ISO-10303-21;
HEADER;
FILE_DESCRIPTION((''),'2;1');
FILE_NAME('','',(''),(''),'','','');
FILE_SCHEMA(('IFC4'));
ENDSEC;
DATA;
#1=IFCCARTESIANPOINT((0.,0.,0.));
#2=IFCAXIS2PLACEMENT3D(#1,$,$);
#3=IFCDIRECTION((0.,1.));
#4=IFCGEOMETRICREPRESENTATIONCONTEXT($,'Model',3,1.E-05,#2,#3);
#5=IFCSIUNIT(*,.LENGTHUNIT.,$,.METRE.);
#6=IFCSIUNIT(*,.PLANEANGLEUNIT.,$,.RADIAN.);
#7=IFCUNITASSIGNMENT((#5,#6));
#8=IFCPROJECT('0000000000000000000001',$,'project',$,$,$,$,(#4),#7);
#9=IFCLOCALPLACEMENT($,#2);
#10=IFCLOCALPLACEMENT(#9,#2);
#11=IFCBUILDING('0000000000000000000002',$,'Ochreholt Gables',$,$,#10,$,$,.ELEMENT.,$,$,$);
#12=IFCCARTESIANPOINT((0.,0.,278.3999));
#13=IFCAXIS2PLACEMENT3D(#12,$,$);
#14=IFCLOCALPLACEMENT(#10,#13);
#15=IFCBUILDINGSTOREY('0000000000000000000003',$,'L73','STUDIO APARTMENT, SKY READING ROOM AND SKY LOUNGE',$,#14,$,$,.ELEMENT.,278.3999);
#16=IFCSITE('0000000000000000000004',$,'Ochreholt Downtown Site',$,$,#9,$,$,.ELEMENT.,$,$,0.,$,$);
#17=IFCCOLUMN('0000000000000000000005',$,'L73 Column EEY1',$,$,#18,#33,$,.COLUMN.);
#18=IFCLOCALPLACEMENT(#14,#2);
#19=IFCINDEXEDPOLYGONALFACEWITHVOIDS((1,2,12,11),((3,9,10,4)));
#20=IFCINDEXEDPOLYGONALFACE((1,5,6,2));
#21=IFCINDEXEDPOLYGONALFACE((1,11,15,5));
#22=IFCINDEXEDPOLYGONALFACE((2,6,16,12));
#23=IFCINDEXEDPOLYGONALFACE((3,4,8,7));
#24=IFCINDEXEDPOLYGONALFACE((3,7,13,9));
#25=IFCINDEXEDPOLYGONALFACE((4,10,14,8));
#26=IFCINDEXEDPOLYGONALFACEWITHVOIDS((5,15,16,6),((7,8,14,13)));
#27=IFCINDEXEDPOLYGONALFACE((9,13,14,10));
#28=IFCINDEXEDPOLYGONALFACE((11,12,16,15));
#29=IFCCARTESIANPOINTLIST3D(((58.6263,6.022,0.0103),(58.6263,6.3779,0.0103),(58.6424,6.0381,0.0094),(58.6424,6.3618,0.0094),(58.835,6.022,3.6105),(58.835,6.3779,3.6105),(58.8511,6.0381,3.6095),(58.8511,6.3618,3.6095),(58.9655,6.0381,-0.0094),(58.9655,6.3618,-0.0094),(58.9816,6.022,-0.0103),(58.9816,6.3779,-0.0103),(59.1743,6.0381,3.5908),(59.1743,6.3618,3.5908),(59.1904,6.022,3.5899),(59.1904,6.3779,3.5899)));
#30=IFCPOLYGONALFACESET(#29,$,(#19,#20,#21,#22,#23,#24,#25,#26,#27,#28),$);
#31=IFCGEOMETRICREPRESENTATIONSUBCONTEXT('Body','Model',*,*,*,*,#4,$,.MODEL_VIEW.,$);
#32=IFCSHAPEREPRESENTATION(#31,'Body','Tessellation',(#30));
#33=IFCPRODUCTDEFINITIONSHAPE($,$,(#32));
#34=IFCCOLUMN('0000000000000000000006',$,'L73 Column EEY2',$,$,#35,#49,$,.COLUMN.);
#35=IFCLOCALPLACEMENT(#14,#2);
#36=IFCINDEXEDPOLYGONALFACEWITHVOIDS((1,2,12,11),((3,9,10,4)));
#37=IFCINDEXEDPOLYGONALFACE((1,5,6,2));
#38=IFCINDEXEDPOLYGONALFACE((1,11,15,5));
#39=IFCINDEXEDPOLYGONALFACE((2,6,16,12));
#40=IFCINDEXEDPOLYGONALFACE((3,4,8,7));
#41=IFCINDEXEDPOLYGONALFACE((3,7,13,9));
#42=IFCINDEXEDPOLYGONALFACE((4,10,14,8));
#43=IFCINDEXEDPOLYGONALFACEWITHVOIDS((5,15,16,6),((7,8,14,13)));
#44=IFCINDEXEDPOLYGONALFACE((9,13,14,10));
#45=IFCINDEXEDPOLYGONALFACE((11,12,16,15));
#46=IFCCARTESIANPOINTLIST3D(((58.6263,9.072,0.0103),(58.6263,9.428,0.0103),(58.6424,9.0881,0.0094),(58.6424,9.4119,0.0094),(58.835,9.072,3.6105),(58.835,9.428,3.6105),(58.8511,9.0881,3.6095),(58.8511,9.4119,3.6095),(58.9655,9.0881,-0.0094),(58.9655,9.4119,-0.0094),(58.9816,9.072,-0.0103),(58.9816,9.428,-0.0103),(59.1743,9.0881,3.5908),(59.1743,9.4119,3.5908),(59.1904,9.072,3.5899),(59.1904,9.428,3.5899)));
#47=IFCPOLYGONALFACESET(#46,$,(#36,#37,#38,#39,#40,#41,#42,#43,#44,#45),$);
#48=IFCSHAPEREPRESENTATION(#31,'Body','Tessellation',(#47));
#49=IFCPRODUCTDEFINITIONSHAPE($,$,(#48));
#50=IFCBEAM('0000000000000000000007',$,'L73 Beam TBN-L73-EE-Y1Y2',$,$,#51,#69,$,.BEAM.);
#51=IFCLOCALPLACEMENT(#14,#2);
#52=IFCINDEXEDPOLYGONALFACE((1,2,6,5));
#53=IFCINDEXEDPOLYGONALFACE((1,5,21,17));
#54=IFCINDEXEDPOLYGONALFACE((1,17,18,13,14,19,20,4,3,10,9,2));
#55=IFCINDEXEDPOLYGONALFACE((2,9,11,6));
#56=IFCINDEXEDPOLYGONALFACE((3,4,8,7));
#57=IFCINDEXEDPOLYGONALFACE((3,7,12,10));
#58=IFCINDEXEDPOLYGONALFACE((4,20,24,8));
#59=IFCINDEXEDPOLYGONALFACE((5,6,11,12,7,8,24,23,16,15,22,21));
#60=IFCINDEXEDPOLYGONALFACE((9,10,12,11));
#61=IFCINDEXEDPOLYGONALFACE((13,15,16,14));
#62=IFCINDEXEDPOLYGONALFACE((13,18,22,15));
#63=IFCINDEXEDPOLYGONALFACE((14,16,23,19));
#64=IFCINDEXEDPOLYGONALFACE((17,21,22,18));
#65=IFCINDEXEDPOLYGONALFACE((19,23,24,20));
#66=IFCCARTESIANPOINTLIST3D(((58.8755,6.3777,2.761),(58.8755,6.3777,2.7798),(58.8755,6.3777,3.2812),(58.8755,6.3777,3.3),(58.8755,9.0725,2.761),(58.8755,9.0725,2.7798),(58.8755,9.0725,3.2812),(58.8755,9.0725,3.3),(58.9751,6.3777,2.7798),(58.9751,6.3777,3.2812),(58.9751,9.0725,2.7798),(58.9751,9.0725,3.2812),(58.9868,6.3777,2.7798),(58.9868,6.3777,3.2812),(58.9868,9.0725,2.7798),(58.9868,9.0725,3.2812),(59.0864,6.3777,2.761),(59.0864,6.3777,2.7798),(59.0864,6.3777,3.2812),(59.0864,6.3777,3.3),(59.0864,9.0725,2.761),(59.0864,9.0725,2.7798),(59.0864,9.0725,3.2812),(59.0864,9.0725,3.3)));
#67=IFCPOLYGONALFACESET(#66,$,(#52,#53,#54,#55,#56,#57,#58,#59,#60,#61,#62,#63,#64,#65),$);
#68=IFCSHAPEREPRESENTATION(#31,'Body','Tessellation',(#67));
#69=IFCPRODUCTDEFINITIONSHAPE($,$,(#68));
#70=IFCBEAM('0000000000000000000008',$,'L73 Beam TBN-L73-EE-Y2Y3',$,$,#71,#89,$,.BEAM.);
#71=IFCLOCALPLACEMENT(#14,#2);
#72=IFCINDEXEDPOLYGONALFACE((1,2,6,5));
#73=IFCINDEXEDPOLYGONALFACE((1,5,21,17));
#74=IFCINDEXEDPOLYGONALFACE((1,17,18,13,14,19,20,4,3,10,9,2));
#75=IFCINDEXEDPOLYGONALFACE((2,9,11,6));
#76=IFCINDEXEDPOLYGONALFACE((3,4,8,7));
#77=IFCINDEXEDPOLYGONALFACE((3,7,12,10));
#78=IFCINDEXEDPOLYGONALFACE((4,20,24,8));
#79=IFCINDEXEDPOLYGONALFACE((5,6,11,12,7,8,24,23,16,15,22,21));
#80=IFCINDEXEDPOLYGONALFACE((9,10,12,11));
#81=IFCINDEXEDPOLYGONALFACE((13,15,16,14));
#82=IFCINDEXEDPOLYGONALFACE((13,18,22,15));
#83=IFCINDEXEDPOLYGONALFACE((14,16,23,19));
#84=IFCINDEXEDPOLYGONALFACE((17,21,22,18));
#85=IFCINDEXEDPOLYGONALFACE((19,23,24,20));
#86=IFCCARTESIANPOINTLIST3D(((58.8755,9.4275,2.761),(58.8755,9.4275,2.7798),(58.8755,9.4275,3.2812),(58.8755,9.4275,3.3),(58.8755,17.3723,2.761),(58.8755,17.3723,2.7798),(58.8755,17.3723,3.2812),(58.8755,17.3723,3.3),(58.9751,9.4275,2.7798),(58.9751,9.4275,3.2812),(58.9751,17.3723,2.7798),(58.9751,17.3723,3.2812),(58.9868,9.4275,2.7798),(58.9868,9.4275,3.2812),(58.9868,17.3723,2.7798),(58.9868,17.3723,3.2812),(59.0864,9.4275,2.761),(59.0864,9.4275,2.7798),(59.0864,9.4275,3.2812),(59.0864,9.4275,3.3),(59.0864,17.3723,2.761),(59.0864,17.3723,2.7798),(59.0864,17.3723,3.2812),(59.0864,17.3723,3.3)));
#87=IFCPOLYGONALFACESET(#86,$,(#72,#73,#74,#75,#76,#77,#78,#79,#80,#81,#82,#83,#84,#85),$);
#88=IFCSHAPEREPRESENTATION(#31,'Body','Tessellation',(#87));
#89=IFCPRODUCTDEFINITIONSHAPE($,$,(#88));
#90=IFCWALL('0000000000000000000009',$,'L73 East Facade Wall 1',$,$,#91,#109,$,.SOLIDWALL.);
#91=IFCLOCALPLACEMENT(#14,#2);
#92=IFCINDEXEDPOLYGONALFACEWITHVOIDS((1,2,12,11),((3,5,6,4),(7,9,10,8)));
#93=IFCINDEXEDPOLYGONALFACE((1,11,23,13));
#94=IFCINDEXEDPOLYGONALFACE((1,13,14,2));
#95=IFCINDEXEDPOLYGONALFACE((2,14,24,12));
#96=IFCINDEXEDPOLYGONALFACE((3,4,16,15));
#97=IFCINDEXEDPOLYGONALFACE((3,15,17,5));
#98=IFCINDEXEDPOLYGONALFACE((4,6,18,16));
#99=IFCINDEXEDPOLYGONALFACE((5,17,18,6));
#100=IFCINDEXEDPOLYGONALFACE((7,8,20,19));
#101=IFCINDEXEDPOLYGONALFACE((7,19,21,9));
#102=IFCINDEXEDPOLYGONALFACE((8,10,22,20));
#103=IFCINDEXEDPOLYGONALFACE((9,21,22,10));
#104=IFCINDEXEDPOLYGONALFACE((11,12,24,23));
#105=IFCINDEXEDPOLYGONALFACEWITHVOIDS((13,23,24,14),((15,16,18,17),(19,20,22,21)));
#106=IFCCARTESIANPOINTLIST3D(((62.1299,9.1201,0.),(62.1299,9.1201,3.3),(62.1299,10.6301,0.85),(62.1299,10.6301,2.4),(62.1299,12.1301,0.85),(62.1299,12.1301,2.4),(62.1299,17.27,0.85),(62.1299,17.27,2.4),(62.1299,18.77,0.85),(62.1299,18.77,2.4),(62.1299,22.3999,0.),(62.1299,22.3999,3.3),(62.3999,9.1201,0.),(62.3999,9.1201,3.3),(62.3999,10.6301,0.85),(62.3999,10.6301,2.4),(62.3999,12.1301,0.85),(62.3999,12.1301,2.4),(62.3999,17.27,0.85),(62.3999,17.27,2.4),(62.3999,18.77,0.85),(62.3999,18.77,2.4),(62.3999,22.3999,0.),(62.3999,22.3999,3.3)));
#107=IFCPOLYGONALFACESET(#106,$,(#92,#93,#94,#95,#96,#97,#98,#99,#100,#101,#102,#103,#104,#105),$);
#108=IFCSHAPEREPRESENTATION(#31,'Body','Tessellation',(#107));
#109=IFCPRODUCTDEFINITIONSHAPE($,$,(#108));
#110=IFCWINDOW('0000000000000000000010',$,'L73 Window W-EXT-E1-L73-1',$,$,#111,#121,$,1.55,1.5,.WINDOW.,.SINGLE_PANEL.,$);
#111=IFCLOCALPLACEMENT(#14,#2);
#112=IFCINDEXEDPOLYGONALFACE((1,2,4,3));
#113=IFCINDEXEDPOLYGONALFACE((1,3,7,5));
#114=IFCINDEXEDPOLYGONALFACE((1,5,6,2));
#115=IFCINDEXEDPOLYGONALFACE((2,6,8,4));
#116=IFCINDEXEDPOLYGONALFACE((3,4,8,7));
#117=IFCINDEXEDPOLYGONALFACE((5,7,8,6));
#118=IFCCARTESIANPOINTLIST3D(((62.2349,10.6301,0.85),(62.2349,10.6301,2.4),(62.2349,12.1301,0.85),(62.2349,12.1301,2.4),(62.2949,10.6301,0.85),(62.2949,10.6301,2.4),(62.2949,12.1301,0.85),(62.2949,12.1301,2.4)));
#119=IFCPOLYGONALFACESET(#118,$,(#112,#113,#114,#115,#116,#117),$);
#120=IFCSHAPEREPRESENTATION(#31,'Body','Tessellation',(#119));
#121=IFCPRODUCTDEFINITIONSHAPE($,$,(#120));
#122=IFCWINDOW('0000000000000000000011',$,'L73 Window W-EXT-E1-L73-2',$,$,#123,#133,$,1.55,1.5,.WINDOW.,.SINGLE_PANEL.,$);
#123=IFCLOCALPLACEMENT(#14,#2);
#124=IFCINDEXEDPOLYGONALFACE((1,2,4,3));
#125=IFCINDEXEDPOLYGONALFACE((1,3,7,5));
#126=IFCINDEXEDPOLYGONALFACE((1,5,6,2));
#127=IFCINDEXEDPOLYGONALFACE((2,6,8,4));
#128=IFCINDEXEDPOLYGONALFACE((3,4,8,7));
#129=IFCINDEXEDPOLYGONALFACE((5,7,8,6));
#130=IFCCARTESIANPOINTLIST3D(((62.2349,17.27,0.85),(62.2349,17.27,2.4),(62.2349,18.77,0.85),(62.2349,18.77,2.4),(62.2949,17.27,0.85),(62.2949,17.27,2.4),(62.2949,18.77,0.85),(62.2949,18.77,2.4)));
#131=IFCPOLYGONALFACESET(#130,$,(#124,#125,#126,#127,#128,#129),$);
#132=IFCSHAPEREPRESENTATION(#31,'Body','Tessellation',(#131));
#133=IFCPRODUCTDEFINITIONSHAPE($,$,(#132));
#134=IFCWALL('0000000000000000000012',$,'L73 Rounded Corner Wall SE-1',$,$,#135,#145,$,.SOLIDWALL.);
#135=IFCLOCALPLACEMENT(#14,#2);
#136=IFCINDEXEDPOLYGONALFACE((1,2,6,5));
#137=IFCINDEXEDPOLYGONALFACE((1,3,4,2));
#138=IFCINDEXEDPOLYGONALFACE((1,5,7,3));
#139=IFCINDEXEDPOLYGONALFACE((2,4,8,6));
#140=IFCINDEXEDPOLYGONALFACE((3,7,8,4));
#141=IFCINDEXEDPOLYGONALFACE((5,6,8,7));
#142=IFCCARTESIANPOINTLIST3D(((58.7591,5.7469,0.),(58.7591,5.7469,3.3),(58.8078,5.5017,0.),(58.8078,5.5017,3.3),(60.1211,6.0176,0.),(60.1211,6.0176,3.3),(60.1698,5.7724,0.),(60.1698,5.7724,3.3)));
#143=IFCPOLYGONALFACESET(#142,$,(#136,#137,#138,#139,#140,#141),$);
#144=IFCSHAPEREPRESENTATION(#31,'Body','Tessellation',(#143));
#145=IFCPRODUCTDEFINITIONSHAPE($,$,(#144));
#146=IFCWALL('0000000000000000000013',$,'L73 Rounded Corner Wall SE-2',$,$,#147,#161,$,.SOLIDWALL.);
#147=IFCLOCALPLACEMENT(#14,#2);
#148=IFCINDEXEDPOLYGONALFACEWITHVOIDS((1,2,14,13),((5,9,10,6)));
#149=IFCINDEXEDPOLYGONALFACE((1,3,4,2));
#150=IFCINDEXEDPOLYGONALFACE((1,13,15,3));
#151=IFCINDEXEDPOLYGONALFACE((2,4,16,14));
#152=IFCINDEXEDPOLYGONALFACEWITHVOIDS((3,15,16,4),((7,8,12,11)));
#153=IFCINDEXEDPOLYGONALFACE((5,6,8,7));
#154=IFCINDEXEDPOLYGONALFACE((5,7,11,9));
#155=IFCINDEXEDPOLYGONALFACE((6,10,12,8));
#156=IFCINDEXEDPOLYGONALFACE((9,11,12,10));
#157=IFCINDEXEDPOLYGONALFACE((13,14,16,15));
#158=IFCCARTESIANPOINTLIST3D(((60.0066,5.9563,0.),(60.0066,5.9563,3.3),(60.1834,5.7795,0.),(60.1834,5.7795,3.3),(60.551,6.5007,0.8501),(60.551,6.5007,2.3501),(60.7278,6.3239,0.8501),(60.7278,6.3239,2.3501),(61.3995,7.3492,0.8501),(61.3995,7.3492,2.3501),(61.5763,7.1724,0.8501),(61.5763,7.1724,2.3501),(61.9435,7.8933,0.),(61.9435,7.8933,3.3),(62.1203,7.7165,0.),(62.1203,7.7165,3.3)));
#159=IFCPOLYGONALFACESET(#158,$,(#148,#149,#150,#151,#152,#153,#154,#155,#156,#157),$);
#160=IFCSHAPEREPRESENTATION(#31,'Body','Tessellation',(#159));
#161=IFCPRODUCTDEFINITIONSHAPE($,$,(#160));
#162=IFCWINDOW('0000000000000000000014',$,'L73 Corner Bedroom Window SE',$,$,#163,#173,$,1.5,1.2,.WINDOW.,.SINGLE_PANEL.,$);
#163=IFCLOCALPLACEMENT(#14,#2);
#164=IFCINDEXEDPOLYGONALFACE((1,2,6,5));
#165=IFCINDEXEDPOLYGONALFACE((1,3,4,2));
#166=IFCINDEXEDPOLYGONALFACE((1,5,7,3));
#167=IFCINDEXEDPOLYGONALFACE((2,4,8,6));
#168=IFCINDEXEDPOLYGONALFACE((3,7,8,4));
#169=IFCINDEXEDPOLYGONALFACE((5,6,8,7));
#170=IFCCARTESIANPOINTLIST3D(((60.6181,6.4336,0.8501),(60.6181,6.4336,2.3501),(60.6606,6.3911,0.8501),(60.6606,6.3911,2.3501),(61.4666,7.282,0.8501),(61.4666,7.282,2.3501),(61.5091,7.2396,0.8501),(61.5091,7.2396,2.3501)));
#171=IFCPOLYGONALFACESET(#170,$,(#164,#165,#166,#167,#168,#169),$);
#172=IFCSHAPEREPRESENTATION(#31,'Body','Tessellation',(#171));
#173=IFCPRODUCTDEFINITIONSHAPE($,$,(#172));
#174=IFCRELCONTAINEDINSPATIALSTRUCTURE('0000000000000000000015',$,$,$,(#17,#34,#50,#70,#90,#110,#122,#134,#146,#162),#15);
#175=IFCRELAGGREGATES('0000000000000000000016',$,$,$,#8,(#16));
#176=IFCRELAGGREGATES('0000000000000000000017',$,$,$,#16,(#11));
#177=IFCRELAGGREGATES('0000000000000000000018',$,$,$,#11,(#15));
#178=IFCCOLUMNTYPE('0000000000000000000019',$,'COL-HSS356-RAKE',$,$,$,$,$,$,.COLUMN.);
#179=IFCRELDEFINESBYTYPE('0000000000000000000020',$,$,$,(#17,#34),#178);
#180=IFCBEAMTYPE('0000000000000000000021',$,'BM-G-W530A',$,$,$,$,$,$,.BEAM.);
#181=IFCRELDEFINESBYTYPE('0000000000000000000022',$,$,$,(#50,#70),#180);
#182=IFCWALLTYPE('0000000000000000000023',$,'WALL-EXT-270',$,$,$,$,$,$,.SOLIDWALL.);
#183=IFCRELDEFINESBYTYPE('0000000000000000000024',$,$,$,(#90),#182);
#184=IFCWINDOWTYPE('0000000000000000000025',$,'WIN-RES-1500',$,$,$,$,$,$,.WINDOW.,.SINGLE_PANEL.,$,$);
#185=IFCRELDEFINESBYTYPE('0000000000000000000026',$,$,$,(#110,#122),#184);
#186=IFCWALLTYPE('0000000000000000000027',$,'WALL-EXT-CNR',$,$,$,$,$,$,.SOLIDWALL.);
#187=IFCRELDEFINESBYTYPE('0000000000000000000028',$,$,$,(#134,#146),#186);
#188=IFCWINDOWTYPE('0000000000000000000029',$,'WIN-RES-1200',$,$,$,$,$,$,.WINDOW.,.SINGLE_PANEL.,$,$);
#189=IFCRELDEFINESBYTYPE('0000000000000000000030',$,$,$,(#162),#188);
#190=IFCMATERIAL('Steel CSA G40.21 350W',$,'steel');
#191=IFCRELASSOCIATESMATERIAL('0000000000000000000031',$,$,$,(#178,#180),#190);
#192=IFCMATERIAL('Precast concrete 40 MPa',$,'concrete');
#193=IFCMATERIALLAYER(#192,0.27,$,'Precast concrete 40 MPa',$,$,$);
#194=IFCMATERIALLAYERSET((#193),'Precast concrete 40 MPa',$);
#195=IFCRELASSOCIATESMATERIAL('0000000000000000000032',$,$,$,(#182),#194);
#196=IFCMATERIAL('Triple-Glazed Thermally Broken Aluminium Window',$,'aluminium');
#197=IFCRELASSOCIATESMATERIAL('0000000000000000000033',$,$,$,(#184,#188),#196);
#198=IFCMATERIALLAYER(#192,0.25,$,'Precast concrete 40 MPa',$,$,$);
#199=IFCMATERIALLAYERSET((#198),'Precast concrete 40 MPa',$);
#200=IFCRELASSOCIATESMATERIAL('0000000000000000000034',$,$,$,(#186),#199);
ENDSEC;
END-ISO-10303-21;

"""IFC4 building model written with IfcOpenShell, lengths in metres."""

from ifc_helpers import new_model, si_unit, direction, frame, frame_2d, origin, origin_2d, place, context, subcontext, project, spatial, rectangle, hollow_rectangle, i_section, extrude, material, layer, layer_set, material_profile, profile_set, type_object, element, fill, save


model = new_model("IFC4")

# Units and contexts
model_context = context("Model", 3, precision=1e-05, world=origin(), true_north=direction((0.0, 1.0)))
body_context = subcontext(model_context, "Body", "Model", "MODEL_VIEW")
ifc_project = project(units=[si_unit("LENGTHUNIT", "METRE"), si_unit("PLANEANGLEUNIT", "RADIAN")], contexts=[model_context])

# Site, building, storey
site_placement = place(None, origin())
site = spatial("IfcSite", under=ifc_project, at=site_placement, Name="Ochreholt Downtown Site", CompositionType="ELEMENT", RefElevation=0.0)
building_placement = place(site_placement, origin())
building = spatial("IfcBuilding", under=site, at=building_placement, Name="Ochreholt Gables", CompositionType="ELEMENT")
storey_placement = place(building_placement, frame((0.0, 0.0, 278.3999)))
storey = spatial("IfcBuildingStorey", under=building, at=storey_placement, Name="L73", Description="STUDIO APARTMENT, SKY READING ROOM AND SKY LOUNGE", CompositionType="ELEMENT", Elevation=278.3999)

# Columns
ifc_material_1 = material(Name="Steel CSA G40.21 350W", Category="steel")
ifc_material_profile_1 = material_profile(ifc_material_1, hollow_rectangle(XDim=0.356, YDim=0.356, WallThickness=0.0161, at=origin_2d()), Name="HSS356X356X16")
ifc_profile_set_1 = profile_set([ifc_material_profile_1], Name="Steel CSA G40.21 350W")
column_type = type_object("IfcColumnType", Name="COL-HSS356-RAKE", PredefinedType="COLUMN", material=ifc_profile_set_1)
for number, where, z_axis, x_axis, name in (
    (1, (58.804, 6.2, 0.0), (0.057885, 0.0, 0.998323), (0.0, 1.0, 0.0), "L73 Column EEY1"),
    (2, (58.804, 9.25, 0.0), (0.057885, 0.0, 0.998323), (0.0, 1.0, 0.0), "L73 Column EEY2"),
):
    element("IfcColumn", number, at=place(storey_placement, frame(where, z_axis=z_axis, x_axis=x_axis)), inside=storey, type_object=column_type, Name=name, PredefinedType="COLUMN", context=body_context, shape_type="SweptSolid", body=[
        extrude(hollow_rectangle(XDim=0.356, YDim=0.356, WallThickness=0.0161, at=origin_2d()), origin(), (0.0, 0.0, 1.0), 3.6062),
    ])

# Beams
ifc_material_profile_2 = material_profile(ifc_material_1, i_section(OverallWidth=0.2109, OverallDepth=0.5391, WebThickness=0.0117, FlangeThickness=0.0188, at=origin_2d()), Name="W530X109")
ifc_profile_set_2 = profile_set([ifc_material_profile_2], Name="Steel CSA G40.21 350W")
beam_type = type_object("IfcBeamType", Name="BM-G-W530A", PredefinedType="BEAM", material=ifc_profile_set_2)
beam_1_placement = place(storey_placement, frame((58.981, 6.3777, 3.0305), z_axis=(0.0, 1.0, 0.0), x_axis=(-1.0, 0.0, 0.0)))
element("IfcBeam", 3, at=beam_1_placement, inside=storey, type_object=beam_type, Name="L73 Beam TBN-L73-EE-Y1Y2", PredefinedType="BEAM", context=body_context, shape_type="SweptSolid", body=[
    extrude(i_section(OverallWidth=0.2109, OverallDepth=0.5391, WebThickness=0.0117, FlangeThickness=0.0188, at=origin_2d()), origin(), (0.0, 0.0, 1.0), 2.6948),
])
beam_2_placement = place(storey_placement, frame((58.981, 9.4275, 3.0305), z_axis=(0.0, 1.0, 0.0), x_axis=(-1.0, 0.0, 0.0)))
element("IfcBeam", 4, at=beam_2_placement, inside=storey, type_object=beam_type, Name="L73 Beam TBN-L73-EE-Y2Y3", PredefinedType="BEAM", context=body_context, shape_type="SweptSolid", body=[
    extrude(i_section(OverallWidth=0.2109, OverallDepth=0.5391, WebThickness=0.0117, FlangeThickness=0.0188, at=origin_2d()), origin(), (0.0, 0.0, 1.0), 7.9448),
])

# Wall, openings, windows
ifc_material_2 = material(Name="Precast concrete 40 MPa", Category="concrete")
ifc_layer_1 = layer(ifc_material_2, 0.27, Name="Precast concrete 40 MPa")
ifc_layer_set_1 = layer_set([ifc_layer_1], Name="Precast concrete 40 MPa")
wall_type_1 = type_object("IfcWallType", Name="WALL-EXT-270", PredefinedType="SOLIDWALL", material=ifc_layer_set_1)
wall_1_placement = place(storey_placement, frame((62.2649, 9.1201, 0.0), z_axis=(0.0, 0.0, 1.0), x_axis=(0.0, 1.0, 0.0)))
wall_1 = element("IfcWall", 5, at=wall_1_placement, inside=storey, type_object=wall_type_1, Name="L73 East Facade Wall 1", PredefinedType="SOLIDWALL", context=body_context, shape_type="SweptSolid", body=[
    extrude(rectangle(XDim=13.2798, YDim=0.27, at=frame_2d((6.6399, 0.0))), origin(), (0.0, 0.0, 1.0), 3.3),
])
opening_1_placement = place(wall_1_placement, frame((1.51, 0.0, 0.8501)))
opening_1 = element("IfcOpeningElement", 6, at=opening_1_placement, cuts=wall_1, PredefinedType="OPENING", context=body_context, shape_type="SweptSolid", body=[
    extrude(rectangle(XDim=1.5, YDim=1.55, at=frame_2d((0.75, 0.7749))), frame((0.0, 0.145, 0.0), z_axis=(0.0, -1.0, 0.0), x_axis=(1.0, 0.0, 0.0)), (0.0, 0.0, 1.0), 0.29),
])
opening_2_placement = place(wall_1_placement, frame((8.1499, 0.0, 0.8501)))
opening_2 = element("IfcOpeningElement", 7, at=opening_2_placement, cuts=wall_1, PredefinedType="OPENING", context=body_context, shape_type="SweptSolid", body=[
    extrude(rectangle(XDim=1.5, YDim=1.55, at=frame_2d((0.75, 0.7749))), frame((0.0, 0.145, 0.0), z_axis=(0.0, -1.0, 0.0), x_axis=(1.0, 0.0, 0.0)), (0.0, 0.0, 1.0), 0.29),
])
ifc_material_3 = material(Name="Triple-Glazed Thermally Broken Aluminium Window", Category="aluminium")
window_type_1 = type_object("IfcWindowType", Name="WIN-RES-1500", PartitioningType="SINGLE_PANEL", PredefinedType="WINDOW", material=ifc_material_3)
window_1_placement = place(opening_1_placement, origin())
window_1 = element("IfcWindow", 8, at=window_1_placement, inside=storey, type_object=window_type_1, Name="L73 Window W-EXT-E1-L73-1", OverallHeight=1.55, OverallWidth=1.5, PartitioningType="SINGLE_PANEL", PredefinedType="WINDOW", context=body_context, shape_type="SweptSolid", body=[
    extrude(rectangle(XDim=1.5, YDim=1.55, at=frame_2d((0.75, 0.7749))), frame((0.0, 0.03, 0.0), z_axis=(0.0, -1.0, 0.0), x_axis=(1.0, 0.0, 0.0)), (0.0, 0.0, 1.0), 0.0601),
])
fill(opening_1, window_1)
window_2_placement = place(opening_2_placement, origin())
window_2 = element("IfcWindow", 9, at=window_2_placement, inside=storey, type_object=window_type_1, Name="L73 Window W-EXT-E1-L73-2", OverallHeight=1.55, OverallWidth=1.5, PartitioningType="SINGLE_PANEL", PredefinedType="WINDOW", context=body_context, shape_type="SweptSolid", body=[
    extrude(rectangle(XDim=1.5, YDim=1.55, at=frame_2d((0.75, 0.7749))), frame((0.0, 0.03, 0.0), z_axis=(0.0, -1.0, 0.0), x_axis=(1.0, 0.0, 0.0)), (0.0, 0.0, 1.0), 0.0601),
])
fill(opening_2, window_2)

# Wall
ifc_layer_2 = layer(ifc_material_2, 0.25, Name="Precast concrete 40 MPa")
ifc_layer_set_2 = layer_set([ifc_layer_2], Name="Precast concrete 40 MPa")
wall_type_2 = type_object("IfcWallType", Name="WALL-EXT-CNR", PredefinedType="SOLIDWALL", material=ifc_layer_set_2)
wall_2_placement = place(storey_placement, frame((58.7834, 5.6243, 0.0), z_axis=(0.0, 0.0, 1.0), x_axis=(0.98081, 0.194967, 0.0)))
element("IfcWall", 10, at=wall_2_placement, inside=storey, type_object=wall_type_2, Name="L73 Rounded Corner Wall SE-1", PredefinedType="SOLIDWALL", context=body_context, shape_type="SweptSolid", body=[
    extrude(rectangle(XDim=1.3887, YDim=0.25, at=frame_2d((0.6943, 0.0))), origin(), (0.0, 0.0, 1.0), 3.3),
])

# Wall, opening, window
wall_3_placement = place(storey_placement, frame((60.095, 5.8679, 0.0), z_axis=(0.0, 0.0, 1.0), x_axis=(0.707107, 0.707107, 0.0)))
wall_3 = element("IfcWall", 11, at=wall_3_placement, inside=storey, type_object=wall_type_2, Name="L73 Rounded Corner Wall SE-2", PredefinedType="SOLIDWALL", context=body_context, shape_type="SweptSolid", body=[
    extrude(rectangle(XDim=2.7393, YDim=0.25, at=frame_2d((1.3696, 0.0))), origin(), (0.0, 0.0, 1.0), 3.3),
])
opening_3_placement = place(wall_3_placement, frame((0.7698, 0.0, 0.8501)))
opening_3 = element("IfcOpeningElement", 12, at=opening_3_placement, cuts=wall_3, PredefinedType="OPENING", context=body_context, shape_type="SweptSolid", body=[
    extrude(rectangle(XDim=1.2, YDim=1.5, at=frame_2d((0.6001, 0.75))), frame((0.0, 0.135, 0.0), z_axis=(0.0, -1.0, 0.0), x_axis=(1.0, 0.0, 0.0)), (0.0, 0.0, 1.0), 0.27),
])
window_type_2 = type_object("IfcWindowType", Name="WIN-RES-1200", PartitioningType="SINGLE_PANEL", PredefinedType="WINDOW", material=ifc_material_3)
window_3_placement = place(opening_3_placement, origin())
window_3 = element("IfcWindow", 13, at=window_3_placement, inside=storey, type_object=window_type_2, Name="L73 Corner Bedroom Window SE", OverallHeight=1.5, OverallWidth=1.2, PartitioningType="SINGLE_PANEL", PredefinedType="WINDOW", context=body_context, shape_type="SweptSolid", body=[
    extrude(rectangle(XDim=1.2, YDim=1.5, at=frame_2d((0.6001, 0.75))), frame((0.0, 0.03, 0.0), z_axis=(0.0, -1.0, 0.0), x_axis=(1.0, 0.0, 0.0)), (0.0, 0.0, 1.0), 0.0601),
])
fill(opening_3, window_3)

save(model, "model.ifc")
